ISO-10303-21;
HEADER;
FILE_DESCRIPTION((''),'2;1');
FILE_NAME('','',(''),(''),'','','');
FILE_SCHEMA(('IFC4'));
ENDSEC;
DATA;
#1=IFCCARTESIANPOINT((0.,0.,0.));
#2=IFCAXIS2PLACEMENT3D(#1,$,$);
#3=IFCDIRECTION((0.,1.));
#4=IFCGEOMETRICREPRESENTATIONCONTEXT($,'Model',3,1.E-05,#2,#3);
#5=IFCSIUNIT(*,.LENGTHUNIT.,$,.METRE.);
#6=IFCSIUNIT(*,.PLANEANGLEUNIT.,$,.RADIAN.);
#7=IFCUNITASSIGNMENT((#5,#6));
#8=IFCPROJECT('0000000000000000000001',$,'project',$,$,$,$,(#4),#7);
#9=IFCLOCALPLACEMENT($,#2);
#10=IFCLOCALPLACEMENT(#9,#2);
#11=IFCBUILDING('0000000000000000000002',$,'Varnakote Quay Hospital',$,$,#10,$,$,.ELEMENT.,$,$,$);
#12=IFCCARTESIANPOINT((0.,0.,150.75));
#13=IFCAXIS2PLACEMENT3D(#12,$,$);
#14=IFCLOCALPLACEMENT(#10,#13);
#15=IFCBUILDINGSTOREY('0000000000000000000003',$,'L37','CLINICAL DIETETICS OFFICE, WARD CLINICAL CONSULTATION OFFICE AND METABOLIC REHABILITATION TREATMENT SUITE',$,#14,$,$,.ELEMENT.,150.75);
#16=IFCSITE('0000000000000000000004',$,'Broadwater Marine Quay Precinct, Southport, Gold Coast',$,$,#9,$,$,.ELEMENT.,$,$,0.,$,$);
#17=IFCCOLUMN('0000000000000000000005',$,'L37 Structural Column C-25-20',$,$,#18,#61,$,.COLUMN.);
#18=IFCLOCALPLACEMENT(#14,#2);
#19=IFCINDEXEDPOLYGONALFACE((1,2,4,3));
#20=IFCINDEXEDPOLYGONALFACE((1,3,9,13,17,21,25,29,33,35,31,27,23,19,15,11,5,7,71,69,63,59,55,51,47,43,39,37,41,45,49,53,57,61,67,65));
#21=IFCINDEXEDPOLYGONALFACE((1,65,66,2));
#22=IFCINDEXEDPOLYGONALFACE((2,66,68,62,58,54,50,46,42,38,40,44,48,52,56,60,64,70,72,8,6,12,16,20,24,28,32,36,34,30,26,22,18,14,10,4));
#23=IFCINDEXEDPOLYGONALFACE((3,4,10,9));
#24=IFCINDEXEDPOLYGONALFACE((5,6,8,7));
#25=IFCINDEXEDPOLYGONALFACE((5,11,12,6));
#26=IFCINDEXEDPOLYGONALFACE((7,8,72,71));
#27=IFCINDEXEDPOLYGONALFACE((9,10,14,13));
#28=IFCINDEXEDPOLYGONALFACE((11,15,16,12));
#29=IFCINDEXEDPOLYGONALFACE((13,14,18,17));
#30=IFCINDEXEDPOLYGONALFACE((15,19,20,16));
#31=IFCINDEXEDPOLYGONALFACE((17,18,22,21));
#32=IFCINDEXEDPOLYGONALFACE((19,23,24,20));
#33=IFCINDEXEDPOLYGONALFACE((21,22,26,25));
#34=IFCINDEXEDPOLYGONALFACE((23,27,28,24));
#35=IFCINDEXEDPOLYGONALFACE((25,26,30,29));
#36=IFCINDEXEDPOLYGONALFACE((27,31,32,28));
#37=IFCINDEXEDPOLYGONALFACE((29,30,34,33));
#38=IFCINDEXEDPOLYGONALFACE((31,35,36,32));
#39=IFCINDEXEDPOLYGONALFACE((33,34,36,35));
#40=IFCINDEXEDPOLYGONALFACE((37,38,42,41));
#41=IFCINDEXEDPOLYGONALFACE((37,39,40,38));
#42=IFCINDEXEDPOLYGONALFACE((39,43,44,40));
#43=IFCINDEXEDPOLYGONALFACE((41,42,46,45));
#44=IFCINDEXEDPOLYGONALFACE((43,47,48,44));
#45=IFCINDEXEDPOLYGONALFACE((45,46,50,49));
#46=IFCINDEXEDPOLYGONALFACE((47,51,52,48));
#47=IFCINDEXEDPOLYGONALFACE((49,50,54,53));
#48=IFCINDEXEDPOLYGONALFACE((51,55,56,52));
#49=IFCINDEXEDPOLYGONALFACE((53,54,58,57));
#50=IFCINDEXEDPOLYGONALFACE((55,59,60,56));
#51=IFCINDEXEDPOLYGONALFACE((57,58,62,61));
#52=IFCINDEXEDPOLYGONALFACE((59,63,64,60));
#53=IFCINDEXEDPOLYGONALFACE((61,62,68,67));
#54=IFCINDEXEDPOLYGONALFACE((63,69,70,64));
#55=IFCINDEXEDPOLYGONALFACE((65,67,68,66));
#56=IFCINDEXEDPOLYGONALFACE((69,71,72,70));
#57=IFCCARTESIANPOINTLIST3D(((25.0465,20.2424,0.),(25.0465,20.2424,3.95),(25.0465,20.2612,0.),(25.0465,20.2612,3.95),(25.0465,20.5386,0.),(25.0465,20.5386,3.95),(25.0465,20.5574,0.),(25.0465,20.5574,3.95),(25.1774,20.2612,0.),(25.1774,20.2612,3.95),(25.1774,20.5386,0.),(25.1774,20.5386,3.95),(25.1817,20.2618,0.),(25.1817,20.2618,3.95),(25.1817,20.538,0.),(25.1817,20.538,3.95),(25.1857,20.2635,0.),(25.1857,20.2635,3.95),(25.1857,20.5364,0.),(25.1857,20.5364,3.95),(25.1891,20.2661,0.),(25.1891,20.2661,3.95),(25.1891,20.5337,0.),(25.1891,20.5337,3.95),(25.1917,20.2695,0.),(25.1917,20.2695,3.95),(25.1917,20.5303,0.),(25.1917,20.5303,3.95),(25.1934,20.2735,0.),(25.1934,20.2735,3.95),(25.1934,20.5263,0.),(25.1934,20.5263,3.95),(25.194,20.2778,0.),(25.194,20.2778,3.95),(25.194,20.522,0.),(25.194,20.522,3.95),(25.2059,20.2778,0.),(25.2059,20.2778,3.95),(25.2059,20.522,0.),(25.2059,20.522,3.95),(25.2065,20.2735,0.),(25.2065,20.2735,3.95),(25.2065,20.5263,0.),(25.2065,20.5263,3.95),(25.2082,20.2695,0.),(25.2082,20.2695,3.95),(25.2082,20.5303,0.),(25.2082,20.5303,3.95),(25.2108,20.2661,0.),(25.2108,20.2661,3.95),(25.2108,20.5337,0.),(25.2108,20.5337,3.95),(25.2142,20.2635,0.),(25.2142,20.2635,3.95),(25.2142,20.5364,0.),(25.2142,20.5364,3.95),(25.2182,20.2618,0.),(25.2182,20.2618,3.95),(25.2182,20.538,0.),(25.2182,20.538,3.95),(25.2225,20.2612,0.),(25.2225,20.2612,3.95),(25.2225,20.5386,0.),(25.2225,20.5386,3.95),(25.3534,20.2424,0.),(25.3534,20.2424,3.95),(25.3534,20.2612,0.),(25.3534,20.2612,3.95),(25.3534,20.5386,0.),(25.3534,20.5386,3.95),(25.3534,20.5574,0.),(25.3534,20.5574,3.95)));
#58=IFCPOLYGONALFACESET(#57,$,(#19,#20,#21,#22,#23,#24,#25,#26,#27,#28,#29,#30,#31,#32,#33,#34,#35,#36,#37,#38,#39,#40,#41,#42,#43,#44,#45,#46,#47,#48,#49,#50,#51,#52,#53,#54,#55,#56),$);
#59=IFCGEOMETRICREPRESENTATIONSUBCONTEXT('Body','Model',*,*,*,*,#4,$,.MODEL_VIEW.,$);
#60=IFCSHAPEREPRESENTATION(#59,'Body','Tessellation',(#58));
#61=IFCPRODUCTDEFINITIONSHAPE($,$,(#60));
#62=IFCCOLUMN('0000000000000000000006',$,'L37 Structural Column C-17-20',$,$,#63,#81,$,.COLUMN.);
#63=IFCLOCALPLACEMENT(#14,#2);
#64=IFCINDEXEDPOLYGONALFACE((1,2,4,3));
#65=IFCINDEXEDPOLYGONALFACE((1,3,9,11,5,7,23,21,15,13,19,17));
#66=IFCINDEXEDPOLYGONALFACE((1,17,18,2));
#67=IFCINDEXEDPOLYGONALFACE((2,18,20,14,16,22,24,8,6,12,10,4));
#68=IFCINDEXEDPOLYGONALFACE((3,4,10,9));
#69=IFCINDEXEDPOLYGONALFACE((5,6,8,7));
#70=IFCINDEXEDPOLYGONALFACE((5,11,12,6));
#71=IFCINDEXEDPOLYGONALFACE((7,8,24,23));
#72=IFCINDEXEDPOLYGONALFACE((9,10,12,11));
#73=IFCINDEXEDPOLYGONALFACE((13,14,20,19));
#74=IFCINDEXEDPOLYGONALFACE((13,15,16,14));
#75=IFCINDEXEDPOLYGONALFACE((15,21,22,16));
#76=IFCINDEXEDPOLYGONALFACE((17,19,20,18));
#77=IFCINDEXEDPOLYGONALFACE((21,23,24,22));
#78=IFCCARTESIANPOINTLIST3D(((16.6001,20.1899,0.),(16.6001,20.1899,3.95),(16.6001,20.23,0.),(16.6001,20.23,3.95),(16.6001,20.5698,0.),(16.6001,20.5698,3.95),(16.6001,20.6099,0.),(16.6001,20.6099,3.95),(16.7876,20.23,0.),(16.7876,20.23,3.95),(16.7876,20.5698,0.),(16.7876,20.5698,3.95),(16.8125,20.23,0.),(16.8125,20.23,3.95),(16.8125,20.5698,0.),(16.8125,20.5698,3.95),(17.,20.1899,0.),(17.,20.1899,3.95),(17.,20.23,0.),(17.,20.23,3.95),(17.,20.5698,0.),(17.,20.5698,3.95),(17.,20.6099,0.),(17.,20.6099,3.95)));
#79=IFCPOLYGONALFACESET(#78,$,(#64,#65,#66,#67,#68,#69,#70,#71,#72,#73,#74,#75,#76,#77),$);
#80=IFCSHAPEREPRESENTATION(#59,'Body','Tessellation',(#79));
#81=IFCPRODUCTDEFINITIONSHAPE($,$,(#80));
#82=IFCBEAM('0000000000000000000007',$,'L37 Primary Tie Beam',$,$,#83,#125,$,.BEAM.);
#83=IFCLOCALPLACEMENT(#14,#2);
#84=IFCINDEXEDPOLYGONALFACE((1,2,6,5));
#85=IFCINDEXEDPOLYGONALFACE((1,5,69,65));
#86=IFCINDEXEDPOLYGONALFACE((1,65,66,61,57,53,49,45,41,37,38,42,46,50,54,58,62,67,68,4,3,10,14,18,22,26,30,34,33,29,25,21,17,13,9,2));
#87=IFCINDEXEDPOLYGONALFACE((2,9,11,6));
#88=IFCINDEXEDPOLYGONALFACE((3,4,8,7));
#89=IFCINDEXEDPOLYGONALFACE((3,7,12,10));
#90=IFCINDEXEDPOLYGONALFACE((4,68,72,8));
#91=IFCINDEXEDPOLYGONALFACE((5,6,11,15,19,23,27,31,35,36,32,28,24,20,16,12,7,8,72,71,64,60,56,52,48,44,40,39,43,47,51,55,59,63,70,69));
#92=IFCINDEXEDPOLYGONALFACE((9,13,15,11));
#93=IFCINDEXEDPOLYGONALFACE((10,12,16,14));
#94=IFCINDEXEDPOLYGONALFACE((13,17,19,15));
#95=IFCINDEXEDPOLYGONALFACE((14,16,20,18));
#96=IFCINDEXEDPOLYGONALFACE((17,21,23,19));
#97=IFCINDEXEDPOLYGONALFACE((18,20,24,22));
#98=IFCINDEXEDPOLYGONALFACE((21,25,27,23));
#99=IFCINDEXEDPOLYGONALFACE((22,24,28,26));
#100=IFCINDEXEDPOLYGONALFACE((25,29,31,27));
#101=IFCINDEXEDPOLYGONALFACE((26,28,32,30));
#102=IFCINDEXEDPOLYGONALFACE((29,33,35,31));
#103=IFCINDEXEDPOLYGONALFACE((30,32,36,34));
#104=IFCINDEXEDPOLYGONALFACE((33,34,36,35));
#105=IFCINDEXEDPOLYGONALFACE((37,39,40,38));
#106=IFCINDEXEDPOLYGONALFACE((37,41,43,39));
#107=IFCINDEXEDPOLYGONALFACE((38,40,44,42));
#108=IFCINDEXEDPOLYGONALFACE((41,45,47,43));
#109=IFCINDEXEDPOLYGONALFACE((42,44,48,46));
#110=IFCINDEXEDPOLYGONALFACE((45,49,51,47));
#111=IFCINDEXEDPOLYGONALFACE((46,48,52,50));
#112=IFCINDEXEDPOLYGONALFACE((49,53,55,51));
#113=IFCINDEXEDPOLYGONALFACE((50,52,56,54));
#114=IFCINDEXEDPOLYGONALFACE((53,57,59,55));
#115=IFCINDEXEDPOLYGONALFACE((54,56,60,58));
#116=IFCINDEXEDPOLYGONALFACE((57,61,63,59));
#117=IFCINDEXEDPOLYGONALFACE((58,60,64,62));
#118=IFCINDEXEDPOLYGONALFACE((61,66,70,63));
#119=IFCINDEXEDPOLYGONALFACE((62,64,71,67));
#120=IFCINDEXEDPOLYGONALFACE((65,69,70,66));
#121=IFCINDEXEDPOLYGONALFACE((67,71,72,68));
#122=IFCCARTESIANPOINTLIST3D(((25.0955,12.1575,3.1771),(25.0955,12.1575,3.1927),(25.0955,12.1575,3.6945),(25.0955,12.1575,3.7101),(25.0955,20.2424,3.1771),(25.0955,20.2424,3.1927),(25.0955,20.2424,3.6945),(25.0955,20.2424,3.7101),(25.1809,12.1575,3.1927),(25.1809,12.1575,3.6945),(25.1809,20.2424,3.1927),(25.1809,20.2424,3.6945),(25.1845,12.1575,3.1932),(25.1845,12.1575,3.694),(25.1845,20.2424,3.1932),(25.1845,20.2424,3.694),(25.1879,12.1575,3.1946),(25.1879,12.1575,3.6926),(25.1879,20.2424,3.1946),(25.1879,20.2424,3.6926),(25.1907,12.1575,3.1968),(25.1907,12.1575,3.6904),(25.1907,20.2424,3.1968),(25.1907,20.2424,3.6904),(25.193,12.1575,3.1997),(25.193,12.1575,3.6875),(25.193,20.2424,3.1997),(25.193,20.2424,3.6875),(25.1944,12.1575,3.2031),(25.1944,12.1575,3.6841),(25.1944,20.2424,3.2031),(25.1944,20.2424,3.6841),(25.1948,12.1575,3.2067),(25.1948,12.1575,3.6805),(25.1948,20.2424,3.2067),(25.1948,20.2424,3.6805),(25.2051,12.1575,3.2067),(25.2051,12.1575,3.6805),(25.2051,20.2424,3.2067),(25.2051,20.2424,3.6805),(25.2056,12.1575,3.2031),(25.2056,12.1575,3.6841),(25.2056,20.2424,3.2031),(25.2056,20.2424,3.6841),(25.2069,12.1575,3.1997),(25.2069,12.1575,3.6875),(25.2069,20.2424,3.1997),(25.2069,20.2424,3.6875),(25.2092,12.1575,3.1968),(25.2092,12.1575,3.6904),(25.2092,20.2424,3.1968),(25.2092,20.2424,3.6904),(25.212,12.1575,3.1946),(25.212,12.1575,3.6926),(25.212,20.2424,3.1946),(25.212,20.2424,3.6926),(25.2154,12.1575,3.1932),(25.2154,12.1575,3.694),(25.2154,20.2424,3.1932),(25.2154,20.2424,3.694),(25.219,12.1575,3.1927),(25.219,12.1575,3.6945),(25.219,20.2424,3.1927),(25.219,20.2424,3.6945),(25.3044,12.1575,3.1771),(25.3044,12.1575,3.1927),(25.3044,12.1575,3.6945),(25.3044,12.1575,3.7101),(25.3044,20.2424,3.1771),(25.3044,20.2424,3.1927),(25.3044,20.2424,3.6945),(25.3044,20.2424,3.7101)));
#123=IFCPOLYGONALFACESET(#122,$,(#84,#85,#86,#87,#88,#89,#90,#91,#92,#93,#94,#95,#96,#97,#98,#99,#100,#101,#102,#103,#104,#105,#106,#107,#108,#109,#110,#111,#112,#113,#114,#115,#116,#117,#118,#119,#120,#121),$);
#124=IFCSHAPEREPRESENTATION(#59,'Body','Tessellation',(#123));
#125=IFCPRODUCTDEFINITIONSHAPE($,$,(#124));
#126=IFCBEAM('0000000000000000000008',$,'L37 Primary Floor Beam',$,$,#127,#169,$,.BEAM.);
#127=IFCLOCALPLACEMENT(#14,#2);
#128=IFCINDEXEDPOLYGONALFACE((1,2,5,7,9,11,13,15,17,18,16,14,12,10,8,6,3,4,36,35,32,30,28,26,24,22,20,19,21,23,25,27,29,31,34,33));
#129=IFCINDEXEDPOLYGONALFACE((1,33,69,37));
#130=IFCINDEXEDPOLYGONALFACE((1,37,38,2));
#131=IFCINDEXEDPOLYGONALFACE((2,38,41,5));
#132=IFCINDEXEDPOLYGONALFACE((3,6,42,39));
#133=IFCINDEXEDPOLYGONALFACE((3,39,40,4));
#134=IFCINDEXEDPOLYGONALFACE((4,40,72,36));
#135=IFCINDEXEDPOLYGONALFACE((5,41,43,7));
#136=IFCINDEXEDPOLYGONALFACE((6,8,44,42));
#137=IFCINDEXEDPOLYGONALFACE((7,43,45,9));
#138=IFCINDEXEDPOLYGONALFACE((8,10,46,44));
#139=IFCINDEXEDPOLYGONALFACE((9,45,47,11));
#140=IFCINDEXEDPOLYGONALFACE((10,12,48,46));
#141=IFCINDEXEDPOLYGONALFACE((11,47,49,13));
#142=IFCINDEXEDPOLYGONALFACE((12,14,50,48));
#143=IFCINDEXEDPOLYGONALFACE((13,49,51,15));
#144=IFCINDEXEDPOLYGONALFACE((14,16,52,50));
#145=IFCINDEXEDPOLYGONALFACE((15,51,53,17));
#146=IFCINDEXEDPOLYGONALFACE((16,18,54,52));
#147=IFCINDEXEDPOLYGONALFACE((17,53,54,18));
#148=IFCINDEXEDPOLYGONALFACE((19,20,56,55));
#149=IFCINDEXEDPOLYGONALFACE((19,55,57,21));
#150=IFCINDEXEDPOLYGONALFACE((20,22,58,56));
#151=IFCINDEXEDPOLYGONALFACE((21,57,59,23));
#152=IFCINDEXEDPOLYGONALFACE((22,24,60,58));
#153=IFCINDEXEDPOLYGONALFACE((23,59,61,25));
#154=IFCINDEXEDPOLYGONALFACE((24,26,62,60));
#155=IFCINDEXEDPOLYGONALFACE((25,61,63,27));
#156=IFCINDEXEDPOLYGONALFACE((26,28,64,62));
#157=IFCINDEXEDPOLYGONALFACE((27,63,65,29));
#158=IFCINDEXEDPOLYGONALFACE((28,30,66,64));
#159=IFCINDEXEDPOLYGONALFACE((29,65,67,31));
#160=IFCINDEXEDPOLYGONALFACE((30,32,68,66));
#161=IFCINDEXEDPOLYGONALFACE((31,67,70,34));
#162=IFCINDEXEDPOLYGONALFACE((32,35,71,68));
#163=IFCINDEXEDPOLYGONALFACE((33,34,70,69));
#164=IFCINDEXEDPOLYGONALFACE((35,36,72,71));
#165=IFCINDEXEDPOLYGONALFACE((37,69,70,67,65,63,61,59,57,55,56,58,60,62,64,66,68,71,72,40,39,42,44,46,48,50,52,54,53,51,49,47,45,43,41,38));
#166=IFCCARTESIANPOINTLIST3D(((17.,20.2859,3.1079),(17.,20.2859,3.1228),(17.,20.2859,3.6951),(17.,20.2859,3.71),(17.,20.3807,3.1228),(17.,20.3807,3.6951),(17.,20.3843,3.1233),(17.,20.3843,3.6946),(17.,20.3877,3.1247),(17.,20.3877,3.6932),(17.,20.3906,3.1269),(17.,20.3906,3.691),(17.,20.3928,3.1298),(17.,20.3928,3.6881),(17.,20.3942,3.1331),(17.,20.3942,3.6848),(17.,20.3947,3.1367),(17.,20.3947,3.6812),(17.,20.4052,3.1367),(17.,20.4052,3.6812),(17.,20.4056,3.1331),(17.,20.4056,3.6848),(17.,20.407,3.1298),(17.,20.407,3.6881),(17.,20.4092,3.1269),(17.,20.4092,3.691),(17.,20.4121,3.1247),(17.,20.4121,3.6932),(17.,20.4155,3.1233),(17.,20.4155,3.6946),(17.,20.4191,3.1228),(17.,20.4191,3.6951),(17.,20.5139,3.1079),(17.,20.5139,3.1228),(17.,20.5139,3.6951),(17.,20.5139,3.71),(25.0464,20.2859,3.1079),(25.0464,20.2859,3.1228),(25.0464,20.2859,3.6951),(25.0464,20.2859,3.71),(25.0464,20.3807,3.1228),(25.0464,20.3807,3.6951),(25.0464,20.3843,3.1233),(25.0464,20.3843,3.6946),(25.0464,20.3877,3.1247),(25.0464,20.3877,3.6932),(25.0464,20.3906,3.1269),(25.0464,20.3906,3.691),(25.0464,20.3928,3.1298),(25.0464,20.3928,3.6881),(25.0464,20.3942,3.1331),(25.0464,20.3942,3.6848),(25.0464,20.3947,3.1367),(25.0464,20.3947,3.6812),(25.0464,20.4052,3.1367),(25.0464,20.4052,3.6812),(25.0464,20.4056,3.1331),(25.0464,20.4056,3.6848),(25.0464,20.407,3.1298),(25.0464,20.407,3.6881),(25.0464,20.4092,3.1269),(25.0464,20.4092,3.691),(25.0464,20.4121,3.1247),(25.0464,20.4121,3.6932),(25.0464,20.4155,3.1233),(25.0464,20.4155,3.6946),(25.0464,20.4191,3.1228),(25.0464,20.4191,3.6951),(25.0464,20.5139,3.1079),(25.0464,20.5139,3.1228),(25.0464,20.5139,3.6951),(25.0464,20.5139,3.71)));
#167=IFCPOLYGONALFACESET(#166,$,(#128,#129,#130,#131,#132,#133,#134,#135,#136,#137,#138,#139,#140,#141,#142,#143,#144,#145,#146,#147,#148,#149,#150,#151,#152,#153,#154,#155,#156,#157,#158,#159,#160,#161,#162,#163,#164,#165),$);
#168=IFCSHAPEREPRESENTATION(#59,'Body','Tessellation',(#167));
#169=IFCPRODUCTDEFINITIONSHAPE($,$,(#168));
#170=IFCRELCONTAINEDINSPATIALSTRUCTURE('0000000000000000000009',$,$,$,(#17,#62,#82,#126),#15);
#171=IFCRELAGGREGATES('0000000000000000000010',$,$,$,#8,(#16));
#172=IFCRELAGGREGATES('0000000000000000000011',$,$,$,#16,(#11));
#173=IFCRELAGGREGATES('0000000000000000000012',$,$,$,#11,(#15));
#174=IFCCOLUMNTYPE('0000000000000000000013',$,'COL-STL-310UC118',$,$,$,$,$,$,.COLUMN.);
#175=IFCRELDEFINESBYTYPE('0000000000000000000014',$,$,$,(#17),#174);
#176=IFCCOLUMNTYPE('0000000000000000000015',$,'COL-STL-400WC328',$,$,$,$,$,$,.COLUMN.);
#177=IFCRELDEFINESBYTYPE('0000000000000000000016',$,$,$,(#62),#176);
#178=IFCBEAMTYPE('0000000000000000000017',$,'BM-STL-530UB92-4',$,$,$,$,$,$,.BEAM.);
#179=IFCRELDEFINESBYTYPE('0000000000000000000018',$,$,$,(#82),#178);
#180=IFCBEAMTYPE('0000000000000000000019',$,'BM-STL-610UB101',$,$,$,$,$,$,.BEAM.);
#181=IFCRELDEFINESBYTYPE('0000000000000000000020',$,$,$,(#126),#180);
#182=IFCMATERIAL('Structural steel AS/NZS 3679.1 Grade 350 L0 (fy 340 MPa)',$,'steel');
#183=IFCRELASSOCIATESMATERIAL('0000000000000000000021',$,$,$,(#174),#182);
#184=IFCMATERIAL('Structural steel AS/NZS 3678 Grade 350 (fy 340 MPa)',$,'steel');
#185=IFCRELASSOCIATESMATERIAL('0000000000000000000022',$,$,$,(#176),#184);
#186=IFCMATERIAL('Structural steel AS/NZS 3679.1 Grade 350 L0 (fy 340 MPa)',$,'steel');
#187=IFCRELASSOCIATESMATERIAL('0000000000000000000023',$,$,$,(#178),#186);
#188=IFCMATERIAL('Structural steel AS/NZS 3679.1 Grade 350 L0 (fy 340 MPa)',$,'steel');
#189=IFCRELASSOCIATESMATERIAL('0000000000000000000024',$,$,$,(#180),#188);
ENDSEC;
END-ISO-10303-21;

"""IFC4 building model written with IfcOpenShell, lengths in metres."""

from ifc_helpers import new_model, si_unit, direction, frame, origin, origin_2d, place, context, subcontext, project, spatial, i_section, extrude, material, material_profile, profile_set, type_object, element, save


model = new_model("IFC4")

# Units and contexts
model_context = context("Model", 3, precision=1e-05, world=origin(), true_north=direction((0.0, 1.0)))
body_context = subcontext(model_context, "Body", "Model", "MODEL_VIEW")
ifc_project = project(units=[si_unit("LENGTHUNIT", "METRE"), si_unit("PLANEANGLEUNIT", "RADIAN")], contexts=[model_context])

# Site, building, storey
site_placement = place(None, origin())
site = spatial("IfcSite", under=ifc_project, at=site_placement, Name="Broadwater Marine Quay Precinct, Southport, Gold Coast", CompositionType="ELEMENT", RefElevation=0.0)
building_placement = place(site_placement, origin())
building = spatial("IfcBuilding", under=site, at=building_placement, Name="Varnakote Quay Hospital", CompositionType="ELEMENT")
storey_placement = place(building_placement, frame((0.0, 0.0, 150.75)))
storey = spatial("IfcBuildingStorey", under=building, at=storey_placement, Name="L37", Description="CLINICAL DIETETICS OFFICE, WARD CLINICAL CONSULTATION OFFICE AND METABOLIC REHABILITATION TREATMENT SUITE", CompositionType="ELEMENT", Elevation=150.75)

# Columns
ifc_material_1 = material(Name="Structural steel AS/NZS 3679.1 Grade 350 L0 (fy 340 MPa)", Category="steel")
ifc_material_profile_1 = material_profile(ifc_material_1, i_section(OverallWidth=0.3069, OverallDepth=0.3149, WebThickness=0.012, FlangeThickness=0.0188, FilletRadius=0.0166, at=origin_2d()), Name="310UC118")
ifc_profile_set_1 = profile_set([ifc_material_profile_1], Name="Structural steel AS/NZS 3679.1 Grade 350 L0 (fy 340 MPa)")
column_type_1 = type_object("IfcColumnType", Name="COL-STL-310UC118", PredefinedType="COLUMN", material=ifc_profile_set_1)
column_1_placement = place(storey_placement, frame((25.2, 20.3999, 0.0), z_axis=(0.0, 0.0, 1.0), x_axis=(1.0, 0.0, 0.0)))
element("IfcColumn", 1, at=column_1_placement, inside=storey, type_object=column_type_1, Name="L37 Structural Column C-25-20", PredefinedType="COLUMN", context=body_context, shape_type="SweptSolid", body=[
    extrude(i_section(OverallWidth=0.3069, OverallDepth=0.3149, WebThickness=0.012, FlangeThickness=0.0188, FilletRadius=0.0166, at=origin_2d()), origin(), (0.0, 0.0, 1.0), 3.95),
])
ifc_material_2 = material(Name="Structural steel AS/NZS 3678 Grade 350 (fy 340 MPa)", Category="steel")
ifc_material_profile_2 = material_profile(ifc_material_2, i_section(OverallWidth=0.3999, OverallDepth=0.4199, WebThickness=0.0249, FlangeThickness=0.04, at=origin_2d()), Name="400WC328")
ifc_profile_set_2 = profile_set([ifc_material_profile_2], Name="Structural steel AS/NZS 3678 Grade 350 (fy 340 MPa)")
column_type_2 = type_object("IfcColumnType", Name="COL-STL-400WC328", PredefinedType="COLUMN", material=ifc_profile_set_2)
column_2_placement = place(storey_placement, frame((16.8, 20.3999, 0.0), z_axis=(0.0, 0.0, 1.0), x_axis=(1.0, 0.0, 0.0)))
element("IfcColumn", 2, at=column_2_placement, inside=storey, type_object=column_type_2, Name="L37 Structural Column C-17-20", PredefinedType="COLUMN", context=body_context, shape_type="SweptSolid", body=[
    extrude(i_section(OverallWidth=0.3999, OverallDepth=0.4199, WebThickness=0.0249, FlangeThickness=0.04, at=origin_2d()), origin(), (0.0, 0.0, 1.0), 3.95),
])

# Beams
ifc_material_3 = material(Name="Structural steel AS/NZS 3679.1 Grade 350 L0 (fy 340 MPa)", Category="steel")
ifc_material_profile_3 = material_profile(ifc_material_3, i_section(OverallWidth=0.209, OverallDepth=0.533, WebThickness=0.0103, FlangeThickness=0.0156, FilletRadius=0.0139, at=origin_2d()), Name="530UB92.4")
ifc_profile_set_3 = profile_set([ifc_material_profile_3], Name="Structural steel AS/NZS 3679.1 Grade 350 L0 (fy 340 MPa)")
beam_type_1 = type_object("IfcBeamType", Name="BM-STL-530UB92-4", PredefinedType="BEAM", material=ifc_profile_set_3)
beam_1_placement = place(storey_placement, frame((25.2, 12.1575, 3.4436), z_axis=(0.0, 1.0, 0.0), x_axis=(-1.0, 0.0, 0.0)))
element("IfcBeam", 3, at=beam_1_placement, inside=storey, type_object=beam_type_1, Name="L37 Primary Tie Beam", PredefinedType="BEAM", context=body_context, shape_type="SweptSolid", body=[
    extrude(i_section(OverallWidth=0.209, OverallDepth=0.533, WebThickness=0.0103, FlangeThickness=0.0156, FilletRadius=0.0139, at=origin_2d()), origin(), (0.0, 0.0, 1.0), 8.085),
])
ifc_material_4 = material(Name="Structural steel AS/NZS 3679.1 Grade 350 L0 (fy 340 MPa)", Category="steel")
ifc_material_profile_4 = material_profile(ifc_material_4, i_section(OverallWidth=0.228, OverallDepth=0.6021, WebThickness=0.0105, FlangeThickness=0.0149, FilletRadius=0.0139, at=origin_2d()), Name="610UB101")
ifc_profile_set_4 = profile_set([ifc_material_profile_4], Name="Structural steel AS/NZS 3679.1 Grade 350 L0 (fy 340 MPa)")
beam_type_2 = type_object("IfcBeamType", Name="BM-STL-610UB101", PredefinedType="BEAM", material=ifc_profile_set_4)
for number, where, z_axis, x_axis, name in (
    (4, (17.0, 20.3999, 3.4089), (1.0, 0.0, 0.0), (0.0, 1.0, 0.0), "L37 Primary Floor Beam"),
):
    element("IfcBeam", number, at=place(storey_placement, frame(where, z_axis=z_axis, x_axis=x_axis)), inside=storey, type_object=beam_type_2, Name=name, PredefinedType="BEAM", context=body_context, shape_type="SweptSolid", body=[
        extrude(i_section(OverallWidth=0.228, OverallDepth=0.6021, WebThickness=0.0105, FlangeThickness=0.0149, FilletRadius=0.0139, at=origin_2d()), origin(), (0.0, 0.0, 1.0), 8.0464),
    ])

save(model, "model.ifc")
